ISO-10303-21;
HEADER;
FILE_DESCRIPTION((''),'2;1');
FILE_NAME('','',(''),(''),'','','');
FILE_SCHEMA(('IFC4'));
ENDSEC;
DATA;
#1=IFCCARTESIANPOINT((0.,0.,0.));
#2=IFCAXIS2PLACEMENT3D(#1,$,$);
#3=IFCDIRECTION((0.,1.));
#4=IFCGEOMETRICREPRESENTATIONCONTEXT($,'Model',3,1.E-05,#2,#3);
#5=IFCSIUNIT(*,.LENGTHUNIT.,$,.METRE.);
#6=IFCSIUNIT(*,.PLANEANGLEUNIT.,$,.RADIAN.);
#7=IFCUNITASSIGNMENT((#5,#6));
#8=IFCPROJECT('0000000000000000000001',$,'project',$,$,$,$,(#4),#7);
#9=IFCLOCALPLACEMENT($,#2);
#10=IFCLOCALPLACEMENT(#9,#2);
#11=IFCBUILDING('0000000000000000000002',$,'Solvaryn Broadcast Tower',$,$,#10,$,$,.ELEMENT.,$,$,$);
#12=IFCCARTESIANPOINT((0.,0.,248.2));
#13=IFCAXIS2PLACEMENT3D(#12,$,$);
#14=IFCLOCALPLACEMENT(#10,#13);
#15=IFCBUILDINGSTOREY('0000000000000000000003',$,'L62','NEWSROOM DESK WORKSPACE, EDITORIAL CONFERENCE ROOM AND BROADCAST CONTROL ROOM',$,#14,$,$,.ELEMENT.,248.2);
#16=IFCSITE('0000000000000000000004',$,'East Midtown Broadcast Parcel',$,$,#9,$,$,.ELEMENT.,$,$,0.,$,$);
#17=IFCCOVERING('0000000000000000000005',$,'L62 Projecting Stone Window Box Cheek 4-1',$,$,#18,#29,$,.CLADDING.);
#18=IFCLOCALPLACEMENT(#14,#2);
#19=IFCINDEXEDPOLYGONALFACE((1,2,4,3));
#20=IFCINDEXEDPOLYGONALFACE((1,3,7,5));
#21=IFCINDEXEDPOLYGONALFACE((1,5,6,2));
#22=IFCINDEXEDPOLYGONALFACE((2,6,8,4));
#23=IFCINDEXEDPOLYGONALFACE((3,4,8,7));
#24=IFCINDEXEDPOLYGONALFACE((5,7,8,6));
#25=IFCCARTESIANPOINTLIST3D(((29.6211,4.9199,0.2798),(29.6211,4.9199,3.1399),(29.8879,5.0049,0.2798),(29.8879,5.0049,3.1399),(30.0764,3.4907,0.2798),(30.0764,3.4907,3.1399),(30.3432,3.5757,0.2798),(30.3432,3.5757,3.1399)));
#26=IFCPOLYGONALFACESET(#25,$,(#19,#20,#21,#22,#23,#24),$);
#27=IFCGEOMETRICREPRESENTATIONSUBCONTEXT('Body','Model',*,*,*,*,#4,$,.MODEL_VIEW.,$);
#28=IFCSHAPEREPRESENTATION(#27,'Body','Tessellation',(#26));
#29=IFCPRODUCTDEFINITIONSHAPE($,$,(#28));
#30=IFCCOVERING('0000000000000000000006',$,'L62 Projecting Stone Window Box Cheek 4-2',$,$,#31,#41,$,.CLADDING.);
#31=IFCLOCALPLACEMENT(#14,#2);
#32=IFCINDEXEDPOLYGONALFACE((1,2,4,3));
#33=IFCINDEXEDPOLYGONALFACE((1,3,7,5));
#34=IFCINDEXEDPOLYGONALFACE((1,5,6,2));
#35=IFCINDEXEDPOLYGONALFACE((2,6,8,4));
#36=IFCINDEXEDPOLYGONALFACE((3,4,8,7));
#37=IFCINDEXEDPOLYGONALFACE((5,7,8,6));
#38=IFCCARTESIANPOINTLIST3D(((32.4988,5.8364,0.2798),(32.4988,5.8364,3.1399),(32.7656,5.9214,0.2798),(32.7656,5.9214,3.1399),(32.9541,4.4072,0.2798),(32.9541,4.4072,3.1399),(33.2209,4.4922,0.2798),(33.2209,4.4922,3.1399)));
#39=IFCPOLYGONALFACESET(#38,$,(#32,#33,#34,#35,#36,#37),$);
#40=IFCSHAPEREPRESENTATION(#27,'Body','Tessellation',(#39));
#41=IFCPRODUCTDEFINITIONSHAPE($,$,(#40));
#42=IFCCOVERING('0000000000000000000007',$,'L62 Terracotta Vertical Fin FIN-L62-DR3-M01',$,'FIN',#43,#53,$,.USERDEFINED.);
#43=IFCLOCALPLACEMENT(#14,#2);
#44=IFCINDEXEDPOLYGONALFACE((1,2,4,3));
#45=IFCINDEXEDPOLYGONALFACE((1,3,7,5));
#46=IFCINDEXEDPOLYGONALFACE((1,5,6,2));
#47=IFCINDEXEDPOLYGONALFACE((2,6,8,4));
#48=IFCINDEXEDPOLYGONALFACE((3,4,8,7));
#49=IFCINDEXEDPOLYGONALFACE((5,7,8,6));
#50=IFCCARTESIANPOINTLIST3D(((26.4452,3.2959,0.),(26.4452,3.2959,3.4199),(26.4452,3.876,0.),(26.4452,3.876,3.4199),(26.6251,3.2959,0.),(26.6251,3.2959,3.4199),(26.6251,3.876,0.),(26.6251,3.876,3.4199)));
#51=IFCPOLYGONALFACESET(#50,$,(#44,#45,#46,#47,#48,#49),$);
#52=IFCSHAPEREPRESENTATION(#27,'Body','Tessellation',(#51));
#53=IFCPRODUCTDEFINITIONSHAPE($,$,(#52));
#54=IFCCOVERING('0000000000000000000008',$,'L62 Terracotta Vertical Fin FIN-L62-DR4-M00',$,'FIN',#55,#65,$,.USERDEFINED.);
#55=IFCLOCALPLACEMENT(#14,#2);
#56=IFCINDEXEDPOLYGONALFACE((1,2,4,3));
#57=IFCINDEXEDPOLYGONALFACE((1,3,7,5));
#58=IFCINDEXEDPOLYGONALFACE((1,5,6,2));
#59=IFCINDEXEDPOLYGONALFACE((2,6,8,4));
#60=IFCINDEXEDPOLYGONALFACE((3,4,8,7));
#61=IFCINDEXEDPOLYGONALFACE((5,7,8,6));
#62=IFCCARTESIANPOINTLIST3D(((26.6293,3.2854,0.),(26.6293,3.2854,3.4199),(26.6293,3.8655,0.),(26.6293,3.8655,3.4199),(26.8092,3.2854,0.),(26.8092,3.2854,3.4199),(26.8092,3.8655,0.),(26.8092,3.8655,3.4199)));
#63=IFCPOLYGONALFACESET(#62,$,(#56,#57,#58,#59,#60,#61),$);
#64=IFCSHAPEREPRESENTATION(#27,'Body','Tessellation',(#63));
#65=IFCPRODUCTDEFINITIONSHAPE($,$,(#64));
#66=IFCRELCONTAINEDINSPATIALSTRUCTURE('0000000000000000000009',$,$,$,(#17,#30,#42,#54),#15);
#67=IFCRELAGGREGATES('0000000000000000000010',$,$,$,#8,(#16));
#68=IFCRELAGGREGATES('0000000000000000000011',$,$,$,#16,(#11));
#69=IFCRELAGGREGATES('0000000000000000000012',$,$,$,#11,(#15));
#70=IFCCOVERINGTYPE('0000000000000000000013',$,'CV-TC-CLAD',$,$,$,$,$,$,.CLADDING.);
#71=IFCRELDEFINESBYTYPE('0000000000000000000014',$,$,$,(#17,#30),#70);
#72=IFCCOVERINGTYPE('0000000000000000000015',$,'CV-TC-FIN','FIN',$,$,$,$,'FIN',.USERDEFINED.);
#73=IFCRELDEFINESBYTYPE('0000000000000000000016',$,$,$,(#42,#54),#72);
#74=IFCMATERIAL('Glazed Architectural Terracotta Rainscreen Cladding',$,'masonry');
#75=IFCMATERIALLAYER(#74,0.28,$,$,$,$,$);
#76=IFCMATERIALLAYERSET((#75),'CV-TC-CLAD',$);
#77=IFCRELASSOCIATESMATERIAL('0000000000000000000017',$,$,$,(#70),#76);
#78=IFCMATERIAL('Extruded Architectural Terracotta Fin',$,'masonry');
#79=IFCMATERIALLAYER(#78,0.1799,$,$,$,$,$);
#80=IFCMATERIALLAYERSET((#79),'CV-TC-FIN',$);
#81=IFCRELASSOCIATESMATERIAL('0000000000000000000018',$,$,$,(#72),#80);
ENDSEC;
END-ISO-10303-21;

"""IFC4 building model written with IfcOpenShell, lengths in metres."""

from ifc_helpers import new_model, si_unit, direction, frame, origin, origin_2d, place, context, subcontext, project, spatial, rectangle, extrude, material, layer, layer_set, type_object, element, save


model = new_model("IFC4")

# Units and contexts
model_context = context("Model", 3, precision=1e-05, world=origin(), true_north=direction((0.0, 1.0)))
body_context = subcontext(model_context, "Body", "Model", "MODEL_VIEW")
ifc_project = project(units=[si_unit("LENGTHUNIT", "METRE"), si_unit("PLANEANGLEUNIT", "RADIAN")], contexts=[model_context])

# Site, building, storey
site_placement = place(None, origin())
site = spatial("IfcSite", under=ifc_project, at=site_placement, Name="East Midtown Broadcast Parcel", CompositionType="ELEMENT", RefElevation=0.0)
building_placement = place(site_placement, origin())
building = spatial("IfcBuilding", under=site, at=building_placement, Name="Solvaryn Broadcast Tower", CompositionType="ELEMENT")
storey_placement = place(building_placement, frame((0.0, 0.0, 248.2)))
storey = spatial("IfcBuildingStorey", under=building, at=storey_placement, Name="L62", Description="NEWSROOM DESK WORKSPACE, EDITORIAL CONFERENCE ROOM AND BROADCAST CONTROL ROOM", CompositionType="ELEMENT", Elevation=248.2)

# Coverings
ifc_material_1 = material(Name="Glazed Architectural Terracotta Rainscreen Cladding", Category="masonry")
ifc_layer_1 = layer(ifc_material_1, 0.28)
ifc_layer_set_1 = layer_set([ifc_layer_1], Name="CV-TC-CLAD")
covering_type_1 = type_object("IfcCoveringType", Name="CV-TC-CLAD", PredefinedType="CLADDING", material=ifc_layer_set_1)
for number, where, z_axis, x_axis, name in (
    (1, (29.9822, 4.2478, 0.2798), (0.0, 0.0, 1.0), (0.952821, 0.303534, 0.0), "L62 Projecting Stone Window Box Cheek 4-1"),
    (2, (32.8599, 5.1643, 0.2798), (0.0, 0.0, 1.0), (0.952821, 0.303534, 0.0), "L62 Projecting Stone Window Box Cheek 4-2"),
):
    element("IfcCovering", number, at=place(storey_placement, frame(where, z_axis=z_axis, x_axis=x_axis)), inside=storey, type_object=covering_type_1, Name=name, PredefinedType="CLADDING", context=body_context, shape_type="SweptSolid", body=[
        extrude(rectangle(XDim=0.28, YDim=1.5, at=origin_2d()), origin(), (0.0, 0.0, 1.0), 2.8601),
    ])
ifc_material_2 = material(Name="Extruded Architectural Terracotta Fin", Category="masonry")
ifc_layer_2 = layer(ifc_material_2, 0.1799)
ifc_layer_set_2 = layer_set([ifc_layer_2], Name="CV-TC-FIN")
covering_type_2 = type_object("IfcCoveringType", Name="CV-TC-FIN", Description="FIN", ElementType="FIN", PredefinedType="USERDEFINED", material=ifc_layer_set_2)
for number, where, z_axis, x_axis, name in (
    (3, (26.5352, 3.5859, 0.0), (0.0, 0.0, 1.0), (1.0, 0.0, 0.0), "L62 Terracotta Vertical Fin FIN-L62-DR3-M01"),
    (4, (26.7192, 3.5754, 0.0), (0.0, 0.0, 1.0), (1.0, 0.0, 0.0), "L62 Terracotta Vertical Fin FIN-L62-DR4-M00"),
):
    element("IfcCovering", number, at=place(storey_placement, frame(where, z_axis=z_axis, x_axis=x_axis)), inside=storey, type_object=covering_type_2, Name=name, ObjectType="FIN", PredefinedType="USERDEFINED", context=body_context, shape_type="SweptSolid", body=[
        extrude(rectangle(XDim=0.1799, YDim=0.5801, at=origin_2d()), origin(), (0.0, 0.0, 1.0), 3.4199),
    ])

save(model, "model.ifc")
